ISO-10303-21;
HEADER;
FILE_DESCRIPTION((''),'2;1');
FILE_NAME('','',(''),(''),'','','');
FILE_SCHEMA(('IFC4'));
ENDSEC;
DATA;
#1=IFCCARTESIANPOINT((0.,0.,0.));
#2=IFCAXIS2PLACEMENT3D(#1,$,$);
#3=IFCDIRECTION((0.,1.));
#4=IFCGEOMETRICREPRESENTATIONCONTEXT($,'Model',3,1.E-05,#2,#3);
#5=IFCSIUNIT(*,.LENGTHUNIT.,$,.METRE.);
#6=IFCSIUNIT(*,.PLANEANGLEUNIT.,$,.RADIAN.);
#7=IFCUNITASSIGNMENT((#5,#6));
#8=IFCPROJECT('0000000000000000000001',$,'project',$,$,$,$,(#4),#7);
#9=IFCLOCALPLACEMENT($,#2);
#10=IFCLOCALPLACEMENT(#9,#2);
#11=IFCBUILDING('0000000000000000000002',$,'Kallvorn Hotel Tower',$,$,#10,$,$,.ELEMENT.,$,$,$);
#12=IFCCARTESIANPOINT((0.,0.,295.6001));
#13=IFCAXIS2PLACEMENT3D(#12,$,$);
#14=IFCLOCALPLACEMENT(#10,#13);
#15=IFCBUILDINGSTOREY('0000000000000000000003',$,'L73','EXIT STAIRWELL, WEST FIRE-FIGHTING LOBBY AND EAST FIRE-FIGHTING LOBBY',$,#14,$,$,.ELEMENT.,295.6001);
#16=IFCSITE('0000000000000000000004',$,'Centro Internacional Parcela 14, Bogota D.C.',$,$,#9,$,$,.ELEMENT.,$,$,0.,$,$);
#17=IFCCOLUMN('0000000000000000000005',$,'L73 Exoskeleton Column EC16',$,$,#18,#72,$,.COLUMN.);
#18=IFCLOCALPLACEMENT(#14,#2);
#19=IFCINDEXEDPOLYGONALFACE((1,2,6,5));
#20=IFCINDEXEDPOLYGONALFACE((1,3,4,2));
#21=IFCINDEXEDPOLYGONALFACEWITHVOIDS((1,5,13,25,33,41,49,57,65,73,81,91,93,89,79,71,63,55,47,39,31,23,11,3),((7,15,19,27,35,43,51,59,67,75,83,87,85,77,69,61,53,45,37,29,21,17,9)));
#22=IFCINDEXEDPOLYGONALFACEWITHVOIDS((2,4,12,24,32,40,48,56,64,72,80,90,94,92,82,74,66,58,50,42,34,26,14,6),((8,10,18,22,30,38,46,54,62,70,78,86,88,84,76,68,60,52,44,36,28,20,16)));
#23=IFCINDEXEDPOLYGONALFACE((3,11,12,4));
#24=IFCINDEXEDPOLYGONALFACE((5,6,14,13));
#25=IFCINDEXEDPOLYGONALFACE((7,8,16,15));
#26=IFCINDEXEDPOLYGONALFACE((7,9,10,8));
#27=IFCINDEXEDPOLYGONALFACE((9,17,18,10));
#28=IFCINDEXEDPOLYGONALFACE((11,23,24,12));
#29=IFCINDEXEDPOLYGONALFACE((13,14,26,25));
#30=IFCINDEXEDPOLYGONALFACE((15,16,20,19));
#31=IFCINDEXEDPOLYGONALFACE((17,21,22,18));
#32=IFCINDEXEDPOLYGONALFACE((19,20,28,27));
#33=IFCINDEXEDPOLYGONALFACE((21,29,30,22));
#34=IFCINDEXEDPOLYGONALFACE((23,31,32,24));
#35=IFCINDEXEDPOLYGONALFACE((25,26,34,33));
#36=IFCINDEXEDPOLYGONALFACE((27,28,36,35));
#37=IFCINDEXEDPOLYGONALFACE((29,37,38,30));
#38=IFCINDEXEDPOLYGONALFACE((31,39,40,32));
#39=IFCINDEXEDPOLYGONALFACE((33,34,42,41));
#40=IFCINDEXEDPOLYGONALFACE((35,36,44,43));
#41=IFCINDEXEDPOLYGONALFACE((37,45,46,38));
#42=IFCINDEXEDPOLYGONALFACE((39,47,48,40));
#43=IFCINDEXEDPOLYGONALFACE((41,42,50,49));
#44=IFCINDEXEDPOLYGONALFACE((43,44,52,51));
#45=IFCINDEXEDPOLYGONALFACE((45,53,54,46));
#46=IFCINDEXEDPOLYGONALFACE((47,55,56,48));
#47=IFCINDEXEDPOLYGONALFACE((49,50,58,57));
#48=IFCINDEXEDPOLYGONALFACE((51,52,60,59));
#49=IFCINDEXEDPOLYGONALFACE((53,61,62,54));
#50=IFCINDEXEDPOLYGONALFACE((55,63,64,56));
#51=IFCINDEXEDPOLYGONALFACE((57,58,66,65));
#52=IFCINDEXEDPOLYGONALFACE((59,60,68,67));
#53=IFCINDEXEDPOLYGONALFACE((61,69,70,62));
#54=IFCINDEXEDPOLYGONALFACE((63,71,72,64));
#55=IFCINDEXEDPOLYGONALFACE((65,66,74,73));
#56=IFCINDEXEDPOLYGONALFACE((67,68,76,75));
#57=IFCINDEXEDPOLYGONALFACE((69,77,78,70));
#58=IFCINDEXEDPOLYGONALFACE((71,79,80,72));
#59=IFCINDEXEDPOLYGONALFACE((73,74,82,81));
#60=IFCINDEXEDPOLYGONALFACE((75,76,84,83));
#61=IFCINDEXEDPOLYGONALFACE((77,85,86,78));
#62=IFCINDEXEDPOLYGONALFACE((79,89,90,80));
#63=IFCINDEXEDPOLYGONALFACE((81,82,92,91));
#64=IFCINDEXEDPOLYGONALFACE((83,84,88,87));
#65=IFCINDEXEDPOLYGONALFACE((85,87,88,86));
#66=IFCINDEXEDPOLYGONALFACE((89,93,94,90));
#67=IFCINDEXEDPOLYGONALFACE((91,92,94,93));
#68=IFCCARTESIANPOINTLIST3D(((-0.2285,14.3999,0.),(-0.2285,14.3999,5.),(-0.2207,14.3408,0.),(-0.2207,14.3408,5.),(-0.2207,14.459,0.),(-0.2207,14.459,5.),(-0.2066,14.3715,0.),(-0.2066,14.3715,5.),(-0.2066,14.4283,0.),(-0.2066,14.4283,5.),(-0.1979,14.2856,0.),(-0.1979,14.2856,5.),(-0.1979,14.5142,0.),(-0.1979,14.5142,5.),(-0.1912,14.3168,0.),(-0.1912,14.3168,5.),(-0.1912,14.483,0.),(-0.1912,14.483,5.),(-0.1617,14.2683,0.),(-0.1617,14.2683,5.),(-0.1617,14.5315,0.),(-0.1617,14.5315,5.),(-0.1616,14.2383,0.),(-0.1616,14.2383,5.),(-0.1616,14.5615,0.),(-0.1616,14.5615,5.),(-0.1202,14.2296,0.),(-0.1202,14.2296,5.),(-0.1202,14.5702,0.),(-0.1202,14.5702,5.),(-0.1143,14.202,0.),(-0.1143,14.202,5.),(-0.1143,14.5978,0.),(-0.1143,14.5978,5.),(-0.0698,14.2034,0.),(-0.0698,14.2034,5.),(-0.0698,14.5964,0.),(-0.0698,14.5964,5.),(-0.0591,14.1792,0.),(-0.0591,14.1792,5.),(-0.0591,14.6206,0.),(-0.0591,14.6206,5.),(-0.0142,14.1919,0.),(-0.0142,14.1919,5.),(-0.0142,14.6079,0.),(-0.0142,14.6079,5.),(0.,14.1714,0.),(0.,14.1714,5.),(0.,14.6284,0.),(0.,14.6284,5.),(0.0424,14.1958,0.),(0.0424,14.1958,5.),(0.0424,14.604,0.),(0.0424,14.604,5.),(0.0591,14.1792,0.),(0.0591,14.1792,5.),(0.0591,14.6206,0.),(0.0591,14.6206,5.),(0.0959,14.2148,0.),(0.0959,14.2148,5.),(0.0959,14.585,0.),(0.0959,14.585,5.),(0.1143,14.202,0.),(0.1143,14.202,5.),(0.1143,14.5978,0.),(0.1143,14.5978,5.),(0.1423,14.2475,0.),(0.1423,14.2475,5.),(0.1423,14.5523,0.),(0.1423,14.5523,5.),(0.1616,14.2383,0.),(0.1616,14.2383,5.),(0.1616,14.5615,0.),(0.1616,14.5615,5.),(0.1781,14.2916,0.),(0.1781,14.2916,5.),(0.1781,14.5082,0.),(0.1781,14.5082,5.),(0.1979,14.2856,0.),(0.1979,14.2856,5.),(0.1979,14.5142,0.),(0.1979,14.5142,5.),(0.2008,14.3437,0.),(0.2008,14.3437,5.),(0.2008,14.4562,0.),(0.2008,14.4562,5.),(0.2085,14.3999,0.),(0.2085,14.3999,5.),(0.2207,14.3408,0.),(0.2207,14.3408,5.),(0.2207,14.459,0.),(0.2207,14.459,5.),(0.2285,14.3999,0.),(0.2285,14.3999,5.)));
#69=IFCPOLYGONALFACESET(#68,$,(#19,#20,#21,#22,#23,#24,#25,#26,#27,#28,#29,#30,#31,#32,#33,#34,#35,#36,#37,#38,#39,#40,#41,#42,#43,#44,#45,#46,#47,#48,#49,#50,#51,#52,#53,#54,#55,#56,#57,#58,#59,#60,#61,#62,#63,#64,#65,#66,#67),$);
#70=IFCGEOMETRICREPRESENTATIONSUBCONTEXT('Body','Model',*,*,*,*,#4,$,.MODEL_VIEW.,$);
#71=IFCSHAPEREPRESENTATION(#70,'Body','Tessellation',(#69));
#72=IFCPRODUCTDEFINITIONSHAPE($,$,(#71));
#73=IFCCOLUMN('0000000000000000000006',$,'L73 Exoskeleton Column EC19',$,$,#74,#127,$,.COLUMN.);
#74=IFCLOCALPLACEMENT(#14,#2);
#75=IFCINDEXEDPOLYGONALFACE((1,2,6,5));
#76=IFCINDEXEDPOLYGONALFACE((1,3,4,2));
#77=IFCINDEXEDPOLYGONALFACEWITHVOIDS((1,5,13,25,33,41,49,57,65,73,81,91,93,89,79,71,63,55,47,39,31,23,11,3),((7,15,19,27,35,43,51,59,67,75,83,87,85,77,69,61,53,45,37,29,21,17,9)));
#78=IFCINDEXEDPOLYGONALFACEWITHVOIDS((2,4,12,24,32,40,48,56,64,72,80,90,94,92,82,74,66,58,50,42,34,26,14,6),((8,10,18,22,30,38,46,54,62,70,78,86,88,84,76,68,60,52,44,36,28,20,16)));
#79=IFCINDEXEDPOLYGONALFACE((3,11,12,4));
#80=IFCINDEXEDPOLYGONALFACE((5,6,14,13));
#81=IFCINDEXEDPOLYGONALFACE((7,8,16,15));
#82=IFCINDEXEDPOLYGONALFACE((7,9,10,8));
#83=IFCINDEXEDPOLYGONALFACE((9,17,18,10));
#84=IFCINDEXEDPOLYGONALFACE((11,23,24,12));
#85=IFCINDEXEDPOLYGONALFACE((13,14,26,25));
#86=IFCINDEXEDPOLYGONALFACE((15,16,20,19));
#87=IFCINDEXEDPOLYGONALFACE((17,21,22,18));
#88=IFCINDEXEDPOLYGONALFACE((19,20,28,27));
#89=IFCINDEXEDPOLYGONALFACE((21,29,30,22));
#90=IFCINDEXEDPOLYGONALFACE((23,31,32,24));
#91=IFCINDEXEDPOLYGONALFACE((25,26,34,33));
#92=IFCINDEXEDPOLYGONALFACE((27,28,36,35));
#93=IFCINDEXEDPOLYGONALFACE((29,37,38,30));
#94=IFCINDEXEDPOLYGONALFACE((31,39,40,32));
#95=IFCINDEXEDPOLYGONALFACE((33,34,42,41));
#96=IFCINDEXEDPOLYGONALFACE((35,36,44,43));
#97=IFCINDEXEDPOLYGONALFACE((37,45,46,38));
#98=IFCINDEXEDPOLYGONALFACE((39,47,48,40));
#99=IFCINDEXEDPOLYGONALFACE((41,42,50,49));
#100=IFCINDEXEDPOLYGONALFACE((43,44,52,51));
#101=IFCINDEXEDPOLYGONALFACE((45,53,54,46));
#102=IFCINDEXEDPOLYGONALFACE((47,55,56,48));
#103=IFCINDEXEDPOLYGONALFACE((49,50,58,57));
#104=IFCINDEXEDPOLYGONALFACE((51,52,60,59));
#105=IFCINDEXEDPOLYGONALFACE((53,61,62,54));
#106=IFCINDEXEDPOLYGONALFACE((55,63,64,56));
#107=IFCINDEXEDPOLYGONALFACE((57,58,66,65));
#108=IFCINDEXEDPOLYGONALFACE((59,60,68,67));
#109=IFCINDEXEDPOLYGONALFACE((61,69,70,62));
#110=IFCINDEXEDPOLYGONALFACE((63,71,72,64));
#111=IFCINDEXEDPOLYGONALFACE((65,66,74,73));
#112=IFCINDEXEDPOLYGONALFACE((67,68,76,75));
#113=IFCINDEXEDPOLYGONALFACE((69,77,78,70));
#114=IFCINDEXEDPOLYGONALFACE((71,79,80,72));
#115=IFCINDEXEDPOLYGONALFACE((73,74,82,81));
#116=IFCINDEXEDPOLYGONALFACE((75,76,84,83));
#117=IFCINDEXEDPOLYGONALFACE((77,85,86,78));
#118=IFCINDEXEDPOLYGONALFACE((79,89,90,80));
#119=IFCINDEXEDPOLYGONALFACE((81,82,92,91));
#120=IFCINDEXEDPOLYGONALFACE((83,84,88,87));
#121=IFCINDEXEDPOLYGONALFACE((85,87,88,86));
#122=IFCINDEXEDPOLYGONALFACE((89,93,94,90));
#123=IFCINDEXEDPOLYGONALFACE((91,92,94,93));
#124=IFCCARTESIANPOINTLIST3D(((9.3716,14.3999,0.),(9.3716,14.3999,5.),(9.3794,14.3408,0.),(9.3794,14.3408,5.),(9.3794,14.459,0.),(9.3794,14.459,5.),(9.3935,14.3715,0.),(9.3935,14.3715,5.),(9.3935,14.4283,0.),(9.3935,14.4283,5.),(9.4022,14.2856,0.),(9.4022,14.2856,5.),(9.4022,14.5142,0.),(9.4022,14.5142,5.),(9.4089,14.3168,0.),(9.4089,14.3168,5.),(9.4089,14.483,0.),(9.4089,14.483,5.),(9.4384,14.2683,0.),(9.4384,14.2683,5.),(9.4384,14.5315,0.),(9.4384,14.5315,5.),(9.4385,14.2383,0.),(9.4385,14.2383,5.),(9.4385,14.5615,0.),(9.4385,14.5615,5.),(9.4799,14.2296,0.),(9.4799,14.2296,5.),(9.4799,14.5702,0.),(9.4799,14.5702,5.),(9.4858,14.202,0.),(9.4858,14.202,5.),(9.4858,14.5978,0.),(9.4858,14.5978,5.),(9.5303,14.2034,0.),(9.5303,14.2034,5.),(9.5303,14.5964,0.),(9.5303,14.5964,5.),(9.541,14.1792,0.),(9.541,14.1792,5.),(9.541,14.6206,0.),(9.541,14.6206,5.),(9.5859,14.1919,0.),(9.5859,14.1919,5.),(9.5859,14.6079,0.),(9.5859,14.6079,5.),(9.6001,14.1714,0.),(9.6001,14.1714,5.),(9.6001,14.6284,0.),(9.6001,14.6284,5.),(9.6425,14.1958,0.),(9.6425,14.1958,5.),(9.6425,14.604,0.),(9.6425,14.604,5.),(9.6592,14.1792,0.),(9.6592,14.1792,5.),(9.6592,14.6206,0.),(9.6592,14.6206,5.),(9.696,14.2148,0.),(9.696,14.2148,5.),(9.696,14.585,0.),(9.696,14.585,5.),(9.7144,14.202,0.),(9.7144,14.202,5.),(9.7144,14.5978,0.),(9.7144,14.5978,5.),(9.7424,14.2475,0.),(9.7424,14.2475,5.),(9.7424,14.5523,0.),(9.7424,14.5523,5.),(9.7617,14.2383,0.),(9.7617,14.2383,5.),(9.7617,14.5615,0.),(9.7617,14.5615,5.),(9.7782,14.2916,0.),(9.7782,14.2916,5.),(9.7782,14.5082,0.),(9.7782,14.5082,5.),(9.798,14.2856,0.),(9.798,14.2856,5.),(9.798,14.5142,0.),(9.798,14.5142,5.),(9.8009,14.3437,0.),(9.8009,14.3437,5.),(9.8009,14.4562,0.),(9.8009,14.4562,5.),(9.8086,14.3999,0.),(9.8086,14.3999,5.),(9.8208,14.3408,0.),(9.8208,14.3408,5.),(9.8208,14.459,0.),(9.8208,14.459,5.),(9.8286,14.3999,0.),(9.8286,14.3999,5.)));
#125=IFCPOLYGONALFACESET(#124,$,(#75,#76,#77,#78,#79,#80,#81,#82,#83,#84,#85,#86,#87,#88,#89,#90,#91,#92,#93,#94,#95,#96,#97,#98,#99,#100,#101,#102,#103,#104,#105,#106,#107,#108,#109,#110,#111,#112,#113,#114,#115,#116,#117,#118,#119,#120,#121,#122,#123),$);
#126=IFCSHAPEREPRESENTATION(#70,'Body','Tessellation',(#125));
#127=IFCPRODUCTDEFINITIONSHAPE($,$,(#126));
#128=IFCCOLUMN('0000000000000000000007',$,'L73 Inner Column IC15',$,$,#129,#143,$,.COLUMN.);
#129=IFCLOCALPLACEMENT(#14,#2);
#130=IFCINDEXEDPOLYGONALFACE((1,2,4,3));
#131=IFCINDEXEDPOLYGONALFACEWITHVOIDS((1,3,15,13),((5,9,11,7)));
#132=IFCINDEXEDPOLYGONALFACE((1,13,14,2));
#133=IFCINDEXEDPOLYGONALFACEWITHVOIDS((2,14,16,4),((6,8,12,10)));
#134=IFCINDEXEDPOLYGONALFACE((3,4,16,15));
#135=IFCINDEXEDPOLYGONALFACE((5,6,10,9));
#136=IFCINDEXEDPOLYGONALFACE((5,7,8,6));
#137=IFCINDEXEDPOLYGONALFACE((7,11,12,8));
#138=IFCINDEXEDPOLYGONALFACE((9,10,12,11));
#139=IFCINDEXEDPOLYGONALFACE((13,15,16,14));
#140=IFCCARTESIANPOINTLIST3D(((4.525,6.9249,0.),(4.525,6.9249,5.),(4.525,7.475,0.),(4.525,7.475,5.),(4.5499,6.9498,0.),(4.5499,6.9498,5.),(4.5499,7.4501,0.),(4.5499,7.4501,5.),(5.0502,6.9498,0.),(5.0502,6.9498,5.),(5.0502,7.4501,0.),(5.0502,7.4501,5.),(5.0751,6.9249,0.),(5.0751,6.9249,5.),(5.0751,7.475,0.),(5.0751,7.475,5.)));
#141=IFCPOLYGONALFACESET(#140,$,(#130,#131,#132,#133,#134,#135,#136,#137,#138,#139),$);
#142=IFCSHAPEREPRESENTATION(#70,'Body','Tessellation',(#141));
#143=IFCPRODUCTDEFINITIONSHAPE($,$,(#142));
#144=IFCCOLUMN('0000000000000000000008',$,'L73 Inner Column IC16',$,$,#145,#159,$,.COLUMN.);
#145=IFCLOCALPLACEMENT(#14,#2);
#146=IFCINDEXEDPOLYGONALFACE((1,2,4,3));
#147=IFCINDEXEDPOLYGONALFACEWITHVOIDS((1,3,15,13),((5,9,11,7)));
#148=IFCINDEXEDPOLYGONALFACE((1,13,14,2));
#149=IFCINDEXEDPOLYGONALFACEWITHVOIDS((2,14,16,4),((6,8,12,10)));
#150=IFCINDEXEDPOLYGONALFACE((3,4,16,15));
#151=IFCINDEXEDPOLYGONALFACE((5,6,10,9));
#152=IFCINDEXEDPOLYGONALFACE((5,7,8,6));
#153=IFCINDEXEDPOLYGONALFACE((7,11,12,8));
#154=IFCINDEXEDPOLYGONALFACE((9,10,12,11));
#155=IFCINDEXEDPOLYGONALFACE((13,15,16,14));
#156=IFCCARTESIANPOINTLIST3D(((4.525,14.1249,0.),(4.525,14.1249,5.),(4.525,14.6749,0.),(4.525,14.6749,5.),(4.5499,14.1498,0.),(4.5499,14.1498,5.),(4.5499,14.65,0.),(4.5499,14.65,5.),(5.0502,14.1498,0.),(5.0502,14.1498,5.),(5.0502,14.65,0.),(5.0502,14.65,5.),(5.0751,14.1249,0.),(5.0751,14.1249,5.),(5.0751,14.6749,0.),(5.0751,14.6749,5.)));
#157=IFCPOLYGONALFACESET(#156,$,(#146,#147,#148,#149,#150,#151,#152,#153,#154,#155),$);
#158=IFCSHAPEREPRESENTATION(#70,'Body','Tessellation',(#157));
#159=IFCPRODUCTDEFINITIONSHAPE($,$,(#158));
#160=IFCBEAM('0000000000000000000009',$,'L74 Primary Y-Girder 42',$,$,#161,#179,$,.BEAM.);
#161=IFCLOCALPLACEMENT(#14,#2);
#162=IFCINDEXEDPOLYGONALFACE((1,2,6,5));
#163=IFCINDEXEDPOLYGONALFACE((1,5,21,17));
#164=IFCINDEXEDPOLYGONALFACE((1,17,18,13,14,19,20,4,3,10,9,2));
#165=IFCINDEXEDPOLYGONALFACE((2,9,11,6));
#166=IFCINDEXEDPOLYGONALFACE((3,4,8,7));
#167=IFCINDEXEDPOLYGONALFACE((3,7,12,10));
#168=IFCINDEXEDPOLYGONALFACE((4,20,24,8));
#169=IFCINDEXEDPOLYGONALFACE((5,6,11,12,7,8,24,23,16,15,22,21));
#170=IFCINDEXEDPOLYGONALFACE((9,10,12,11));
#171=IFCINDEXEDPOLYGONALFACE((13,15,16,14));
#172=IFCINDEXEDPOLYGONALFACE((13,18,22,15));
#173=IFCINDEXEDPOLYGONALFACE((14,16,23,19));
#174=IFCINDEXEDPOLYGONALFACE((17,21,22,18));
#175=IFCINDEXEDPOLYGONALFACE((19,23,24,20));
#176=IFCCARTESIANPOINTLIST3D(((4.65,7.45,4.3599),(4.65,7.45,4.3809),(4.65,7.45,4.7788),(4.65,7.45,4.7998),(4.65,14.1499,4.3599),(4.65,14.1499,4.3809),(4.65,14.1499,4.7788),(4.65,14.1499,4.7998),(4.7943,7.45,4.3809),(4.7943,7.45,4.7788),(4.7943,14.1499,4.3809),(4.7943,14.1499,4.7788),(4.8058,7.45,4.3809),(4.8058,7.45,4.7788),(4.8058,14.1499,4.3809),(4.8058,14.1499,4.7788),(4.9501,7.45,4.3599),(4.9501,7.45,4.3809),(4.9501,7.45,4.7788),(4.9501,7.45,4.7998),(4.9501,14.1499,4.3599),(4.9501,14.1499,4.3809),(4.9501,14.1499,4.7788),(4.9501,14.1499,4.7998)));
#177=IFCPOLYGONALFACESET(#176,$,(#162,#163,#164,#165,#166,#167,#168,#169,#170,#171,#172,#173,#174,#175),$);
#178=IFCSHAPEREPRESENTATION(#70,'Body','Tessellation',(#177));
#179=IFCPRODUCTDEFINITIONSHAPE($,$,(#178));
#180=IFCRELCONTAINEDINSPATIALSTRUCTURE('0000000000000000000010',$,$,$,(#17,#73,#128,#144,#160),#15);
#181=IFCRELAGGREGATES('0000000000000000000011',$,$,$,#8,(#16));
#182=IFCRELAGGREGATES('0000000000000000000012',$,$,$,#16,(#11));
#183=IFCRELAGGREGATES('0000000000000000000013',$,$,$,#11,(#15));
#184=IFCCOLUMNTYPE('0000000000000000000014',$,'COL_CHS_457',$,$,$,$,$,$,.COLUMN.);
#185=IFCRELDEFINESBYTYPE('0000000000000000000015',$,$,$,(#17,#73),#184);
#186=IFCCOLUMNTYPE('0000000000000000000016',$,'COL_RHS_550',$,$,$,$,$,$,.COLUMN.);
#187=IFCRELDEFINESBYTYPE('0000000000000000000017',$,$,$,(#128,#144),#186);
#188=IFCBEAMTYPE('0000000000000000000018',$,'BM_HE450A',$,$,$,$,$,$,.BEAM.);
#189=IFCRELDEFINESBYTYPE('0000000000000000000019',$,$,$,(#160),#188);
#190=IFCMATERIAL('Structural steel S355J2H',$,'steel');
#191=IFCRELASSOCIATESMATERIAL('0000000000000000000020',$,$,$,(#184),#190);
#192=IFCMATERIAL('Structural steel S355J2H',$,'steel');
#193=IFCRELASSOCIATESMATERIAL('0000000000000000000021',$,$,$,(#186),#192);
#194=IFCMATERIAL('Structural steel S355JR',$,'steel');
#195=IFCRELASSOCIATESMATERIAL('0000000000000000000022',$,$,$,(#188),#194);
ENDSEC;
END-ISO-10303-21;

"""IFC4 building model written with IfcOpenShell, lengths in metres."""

from ifc_helpers import new_model, si_unit, direction, frame, origin, origin_2d, place, context, subcontext, project, spatial, hollow_rectangle, hollow_circle, i_section, extrude, material, material_profile, profile_set, type_object, element, save


model = new_model("IFC4")

# Units and contexts
model_context = context("Model", 3, precision=1e-05, world=origin(), true_north=direction((0.0, 1.0)))
body_context = subcontext(model_context, "Body", "Model", "MODEL_VIEW")
ifc_project = project(units=[si_unit("LENGTHUNIT", "METRE"), si_unit("PLANEANGLEUNIT", "RADIAN")], contexts=[model_context])

# Site, building, storey
site_placement = place(None, origin())
site = spatial("IfcSite", under=ifc_project, at=site_placement, Name="Centro Internacional Parcela 14, Bogota D.C.", CompositionType="ELEMENT", RefElevation=0.0)
building_placement = place(site_placement, origin())
building = spatial("IfcBuilding", under=site, at=building_placement, Name="Kallvorn Hotel Tower", CompositionType="ELEMENT")
storey_placement = place(building_placement, frame((0.0, 0.0, 295.6001)))
storey = spatial("IfcBuildingStorey", under=building, at=storey_placement, Name="L73", Description="EXIT STAIRWELL, WEST FIRE-FIGHTING LOBBY AND EAST FIRE-FIGHTING LOBBY", CompositionType="ELEMENT", Elevation=295.6001)

# Columns
ifc_material_1 = material(Name="Structural steel S355J2H", Category="steel")
ifc_material_profile_1 = material_profile(ifc_material_1, hollow_circle(Radius=0.2285, WallThickness=0.02, at=origin_2d()), Name="CHS 457x20")
ifc_profile_set_1 = profile_set([ifc_material_profile_1], Name="Structural steel S355J2H")
column_type_1 = type_object("IfcColumnType", Name="COL_CHS_457", PredefinedType="COLUMN", material=ifc_profile_set_1)
for number, where, z_axis, x_axis, name in (
    (1, (0.0, 14.3999, 0.0), (0.0, 0.0, 1.0), (1.0, 0.0, 0.0), "L73 Exoskeleton Column EC16"),
    (2, (9.6001, 14.3999, 0.0), (0.0, 0.0, 1.0), (1.0, 0.0, 0.0), "L73 Exoskeleton Column EC19"),
):
    element("IfcColumn", number, at=place(storey_placement, frame(where, z_axis=z_axis, x_axis=x_axis)), inside=storey, type_object=column_type_1, Name=name, PredefinedType="COLUMN", context=body_context, shape_type="SweptSolid", body=[
        extrude(hollow_circle(Radius=0.2285, WallThickness=0.02, at=origin_2d()), origin(), (0.0, 0.0, 1.0), 5.0),
    ])
ifc_material_2 = material(Name="Structural steel S355J2H", Category="steel")
ifc_material_profile_2 = material_profile(ifc_material_2, hollow_rectangle(XDim=0.55, YDim=0.55, WallThickness=0.0249, at=origin_2d()), Name="RHS 550x550x25")
ifc_profile_set_2 = profile_set([ifc_material_profile_2], Name="Structural steel S355J2H")
column_type_2 = type_object("IfcColumnType", Name="COL_RHS_550", PredefinedType="COLUMN", material=ifc_profile_set_2)
for number, where, z_axis, x_axis, name in (
    (3, (4.8, 7.2, 0.0), (0.0, 0.0, 1.0), (1.0, 0.0, 0.0), "L73 Inner Column IC15"),
    (4, (4.8, 14.3999, 0.0), (0.0, 0.0, 1.0), (1.0, 0.0, 0.0), "L73 Inner Column IC16"),
):
    element("IfcColumn", number, at=place(storey_placement, frame(where, z_axis=z_axis, x_axis=x_axis)), inside=storey, type_object=column_type_2, Name=name, PredefinedType="COLUMN", context=body_context, shape_type="SweptSolid", body=[
        extrude(hollow_rectangle(XDim=0.55, YDim=0.55, WallThickness=0.0249, at=origin_2d()), origin(), (0.0, 0.0, 1.0), 5.0),
    ])

# Beam
ifc_material_3 = material(Name="Structural steel S355JR", Category="steel")
ifc_material_profile_3 = material_profile(ifc_material_3, i_section(OverallWidth=0.3, OverallDepth=0.4399, WebThickness=0.0115, FlangeThickness=0.021, at=origin_2d()), Name="HE 450 A")
ifc_profile_set_3 = profile_set([ifc_material_profile_3], Name="Structural steel S355JR")
beam_type_1 = type_object("IfcBeamType", Name="BM_HE450A", PredefinedType="BEAM", material=ifc_profile_set_3)
beam_1_placement = place(storey_placement, frame((4.8, 7.45, 4.5798), z_axis=(0.0, 1.0, 0.0), x_axis=(-1.0, 0.0, 0.0)))
element("IfcBeam", 5, at=beam_1_placement, inside=storey, type_object=beam_type_1, Name="L74 Primary Y-Girder 42", PredefinedType="BEAM", context=body_context, shape_type="SweptSolid", body=[
    extrude(i_section(OverallWidth=0.3, OverallDepth=0.4399, WebThickness=0.0115, FlangeThickness=0.021, at=origin_2d()), origin(), (0.0, 0.0, 1.0), 6.7),
])

save(model, "model.ifc")
